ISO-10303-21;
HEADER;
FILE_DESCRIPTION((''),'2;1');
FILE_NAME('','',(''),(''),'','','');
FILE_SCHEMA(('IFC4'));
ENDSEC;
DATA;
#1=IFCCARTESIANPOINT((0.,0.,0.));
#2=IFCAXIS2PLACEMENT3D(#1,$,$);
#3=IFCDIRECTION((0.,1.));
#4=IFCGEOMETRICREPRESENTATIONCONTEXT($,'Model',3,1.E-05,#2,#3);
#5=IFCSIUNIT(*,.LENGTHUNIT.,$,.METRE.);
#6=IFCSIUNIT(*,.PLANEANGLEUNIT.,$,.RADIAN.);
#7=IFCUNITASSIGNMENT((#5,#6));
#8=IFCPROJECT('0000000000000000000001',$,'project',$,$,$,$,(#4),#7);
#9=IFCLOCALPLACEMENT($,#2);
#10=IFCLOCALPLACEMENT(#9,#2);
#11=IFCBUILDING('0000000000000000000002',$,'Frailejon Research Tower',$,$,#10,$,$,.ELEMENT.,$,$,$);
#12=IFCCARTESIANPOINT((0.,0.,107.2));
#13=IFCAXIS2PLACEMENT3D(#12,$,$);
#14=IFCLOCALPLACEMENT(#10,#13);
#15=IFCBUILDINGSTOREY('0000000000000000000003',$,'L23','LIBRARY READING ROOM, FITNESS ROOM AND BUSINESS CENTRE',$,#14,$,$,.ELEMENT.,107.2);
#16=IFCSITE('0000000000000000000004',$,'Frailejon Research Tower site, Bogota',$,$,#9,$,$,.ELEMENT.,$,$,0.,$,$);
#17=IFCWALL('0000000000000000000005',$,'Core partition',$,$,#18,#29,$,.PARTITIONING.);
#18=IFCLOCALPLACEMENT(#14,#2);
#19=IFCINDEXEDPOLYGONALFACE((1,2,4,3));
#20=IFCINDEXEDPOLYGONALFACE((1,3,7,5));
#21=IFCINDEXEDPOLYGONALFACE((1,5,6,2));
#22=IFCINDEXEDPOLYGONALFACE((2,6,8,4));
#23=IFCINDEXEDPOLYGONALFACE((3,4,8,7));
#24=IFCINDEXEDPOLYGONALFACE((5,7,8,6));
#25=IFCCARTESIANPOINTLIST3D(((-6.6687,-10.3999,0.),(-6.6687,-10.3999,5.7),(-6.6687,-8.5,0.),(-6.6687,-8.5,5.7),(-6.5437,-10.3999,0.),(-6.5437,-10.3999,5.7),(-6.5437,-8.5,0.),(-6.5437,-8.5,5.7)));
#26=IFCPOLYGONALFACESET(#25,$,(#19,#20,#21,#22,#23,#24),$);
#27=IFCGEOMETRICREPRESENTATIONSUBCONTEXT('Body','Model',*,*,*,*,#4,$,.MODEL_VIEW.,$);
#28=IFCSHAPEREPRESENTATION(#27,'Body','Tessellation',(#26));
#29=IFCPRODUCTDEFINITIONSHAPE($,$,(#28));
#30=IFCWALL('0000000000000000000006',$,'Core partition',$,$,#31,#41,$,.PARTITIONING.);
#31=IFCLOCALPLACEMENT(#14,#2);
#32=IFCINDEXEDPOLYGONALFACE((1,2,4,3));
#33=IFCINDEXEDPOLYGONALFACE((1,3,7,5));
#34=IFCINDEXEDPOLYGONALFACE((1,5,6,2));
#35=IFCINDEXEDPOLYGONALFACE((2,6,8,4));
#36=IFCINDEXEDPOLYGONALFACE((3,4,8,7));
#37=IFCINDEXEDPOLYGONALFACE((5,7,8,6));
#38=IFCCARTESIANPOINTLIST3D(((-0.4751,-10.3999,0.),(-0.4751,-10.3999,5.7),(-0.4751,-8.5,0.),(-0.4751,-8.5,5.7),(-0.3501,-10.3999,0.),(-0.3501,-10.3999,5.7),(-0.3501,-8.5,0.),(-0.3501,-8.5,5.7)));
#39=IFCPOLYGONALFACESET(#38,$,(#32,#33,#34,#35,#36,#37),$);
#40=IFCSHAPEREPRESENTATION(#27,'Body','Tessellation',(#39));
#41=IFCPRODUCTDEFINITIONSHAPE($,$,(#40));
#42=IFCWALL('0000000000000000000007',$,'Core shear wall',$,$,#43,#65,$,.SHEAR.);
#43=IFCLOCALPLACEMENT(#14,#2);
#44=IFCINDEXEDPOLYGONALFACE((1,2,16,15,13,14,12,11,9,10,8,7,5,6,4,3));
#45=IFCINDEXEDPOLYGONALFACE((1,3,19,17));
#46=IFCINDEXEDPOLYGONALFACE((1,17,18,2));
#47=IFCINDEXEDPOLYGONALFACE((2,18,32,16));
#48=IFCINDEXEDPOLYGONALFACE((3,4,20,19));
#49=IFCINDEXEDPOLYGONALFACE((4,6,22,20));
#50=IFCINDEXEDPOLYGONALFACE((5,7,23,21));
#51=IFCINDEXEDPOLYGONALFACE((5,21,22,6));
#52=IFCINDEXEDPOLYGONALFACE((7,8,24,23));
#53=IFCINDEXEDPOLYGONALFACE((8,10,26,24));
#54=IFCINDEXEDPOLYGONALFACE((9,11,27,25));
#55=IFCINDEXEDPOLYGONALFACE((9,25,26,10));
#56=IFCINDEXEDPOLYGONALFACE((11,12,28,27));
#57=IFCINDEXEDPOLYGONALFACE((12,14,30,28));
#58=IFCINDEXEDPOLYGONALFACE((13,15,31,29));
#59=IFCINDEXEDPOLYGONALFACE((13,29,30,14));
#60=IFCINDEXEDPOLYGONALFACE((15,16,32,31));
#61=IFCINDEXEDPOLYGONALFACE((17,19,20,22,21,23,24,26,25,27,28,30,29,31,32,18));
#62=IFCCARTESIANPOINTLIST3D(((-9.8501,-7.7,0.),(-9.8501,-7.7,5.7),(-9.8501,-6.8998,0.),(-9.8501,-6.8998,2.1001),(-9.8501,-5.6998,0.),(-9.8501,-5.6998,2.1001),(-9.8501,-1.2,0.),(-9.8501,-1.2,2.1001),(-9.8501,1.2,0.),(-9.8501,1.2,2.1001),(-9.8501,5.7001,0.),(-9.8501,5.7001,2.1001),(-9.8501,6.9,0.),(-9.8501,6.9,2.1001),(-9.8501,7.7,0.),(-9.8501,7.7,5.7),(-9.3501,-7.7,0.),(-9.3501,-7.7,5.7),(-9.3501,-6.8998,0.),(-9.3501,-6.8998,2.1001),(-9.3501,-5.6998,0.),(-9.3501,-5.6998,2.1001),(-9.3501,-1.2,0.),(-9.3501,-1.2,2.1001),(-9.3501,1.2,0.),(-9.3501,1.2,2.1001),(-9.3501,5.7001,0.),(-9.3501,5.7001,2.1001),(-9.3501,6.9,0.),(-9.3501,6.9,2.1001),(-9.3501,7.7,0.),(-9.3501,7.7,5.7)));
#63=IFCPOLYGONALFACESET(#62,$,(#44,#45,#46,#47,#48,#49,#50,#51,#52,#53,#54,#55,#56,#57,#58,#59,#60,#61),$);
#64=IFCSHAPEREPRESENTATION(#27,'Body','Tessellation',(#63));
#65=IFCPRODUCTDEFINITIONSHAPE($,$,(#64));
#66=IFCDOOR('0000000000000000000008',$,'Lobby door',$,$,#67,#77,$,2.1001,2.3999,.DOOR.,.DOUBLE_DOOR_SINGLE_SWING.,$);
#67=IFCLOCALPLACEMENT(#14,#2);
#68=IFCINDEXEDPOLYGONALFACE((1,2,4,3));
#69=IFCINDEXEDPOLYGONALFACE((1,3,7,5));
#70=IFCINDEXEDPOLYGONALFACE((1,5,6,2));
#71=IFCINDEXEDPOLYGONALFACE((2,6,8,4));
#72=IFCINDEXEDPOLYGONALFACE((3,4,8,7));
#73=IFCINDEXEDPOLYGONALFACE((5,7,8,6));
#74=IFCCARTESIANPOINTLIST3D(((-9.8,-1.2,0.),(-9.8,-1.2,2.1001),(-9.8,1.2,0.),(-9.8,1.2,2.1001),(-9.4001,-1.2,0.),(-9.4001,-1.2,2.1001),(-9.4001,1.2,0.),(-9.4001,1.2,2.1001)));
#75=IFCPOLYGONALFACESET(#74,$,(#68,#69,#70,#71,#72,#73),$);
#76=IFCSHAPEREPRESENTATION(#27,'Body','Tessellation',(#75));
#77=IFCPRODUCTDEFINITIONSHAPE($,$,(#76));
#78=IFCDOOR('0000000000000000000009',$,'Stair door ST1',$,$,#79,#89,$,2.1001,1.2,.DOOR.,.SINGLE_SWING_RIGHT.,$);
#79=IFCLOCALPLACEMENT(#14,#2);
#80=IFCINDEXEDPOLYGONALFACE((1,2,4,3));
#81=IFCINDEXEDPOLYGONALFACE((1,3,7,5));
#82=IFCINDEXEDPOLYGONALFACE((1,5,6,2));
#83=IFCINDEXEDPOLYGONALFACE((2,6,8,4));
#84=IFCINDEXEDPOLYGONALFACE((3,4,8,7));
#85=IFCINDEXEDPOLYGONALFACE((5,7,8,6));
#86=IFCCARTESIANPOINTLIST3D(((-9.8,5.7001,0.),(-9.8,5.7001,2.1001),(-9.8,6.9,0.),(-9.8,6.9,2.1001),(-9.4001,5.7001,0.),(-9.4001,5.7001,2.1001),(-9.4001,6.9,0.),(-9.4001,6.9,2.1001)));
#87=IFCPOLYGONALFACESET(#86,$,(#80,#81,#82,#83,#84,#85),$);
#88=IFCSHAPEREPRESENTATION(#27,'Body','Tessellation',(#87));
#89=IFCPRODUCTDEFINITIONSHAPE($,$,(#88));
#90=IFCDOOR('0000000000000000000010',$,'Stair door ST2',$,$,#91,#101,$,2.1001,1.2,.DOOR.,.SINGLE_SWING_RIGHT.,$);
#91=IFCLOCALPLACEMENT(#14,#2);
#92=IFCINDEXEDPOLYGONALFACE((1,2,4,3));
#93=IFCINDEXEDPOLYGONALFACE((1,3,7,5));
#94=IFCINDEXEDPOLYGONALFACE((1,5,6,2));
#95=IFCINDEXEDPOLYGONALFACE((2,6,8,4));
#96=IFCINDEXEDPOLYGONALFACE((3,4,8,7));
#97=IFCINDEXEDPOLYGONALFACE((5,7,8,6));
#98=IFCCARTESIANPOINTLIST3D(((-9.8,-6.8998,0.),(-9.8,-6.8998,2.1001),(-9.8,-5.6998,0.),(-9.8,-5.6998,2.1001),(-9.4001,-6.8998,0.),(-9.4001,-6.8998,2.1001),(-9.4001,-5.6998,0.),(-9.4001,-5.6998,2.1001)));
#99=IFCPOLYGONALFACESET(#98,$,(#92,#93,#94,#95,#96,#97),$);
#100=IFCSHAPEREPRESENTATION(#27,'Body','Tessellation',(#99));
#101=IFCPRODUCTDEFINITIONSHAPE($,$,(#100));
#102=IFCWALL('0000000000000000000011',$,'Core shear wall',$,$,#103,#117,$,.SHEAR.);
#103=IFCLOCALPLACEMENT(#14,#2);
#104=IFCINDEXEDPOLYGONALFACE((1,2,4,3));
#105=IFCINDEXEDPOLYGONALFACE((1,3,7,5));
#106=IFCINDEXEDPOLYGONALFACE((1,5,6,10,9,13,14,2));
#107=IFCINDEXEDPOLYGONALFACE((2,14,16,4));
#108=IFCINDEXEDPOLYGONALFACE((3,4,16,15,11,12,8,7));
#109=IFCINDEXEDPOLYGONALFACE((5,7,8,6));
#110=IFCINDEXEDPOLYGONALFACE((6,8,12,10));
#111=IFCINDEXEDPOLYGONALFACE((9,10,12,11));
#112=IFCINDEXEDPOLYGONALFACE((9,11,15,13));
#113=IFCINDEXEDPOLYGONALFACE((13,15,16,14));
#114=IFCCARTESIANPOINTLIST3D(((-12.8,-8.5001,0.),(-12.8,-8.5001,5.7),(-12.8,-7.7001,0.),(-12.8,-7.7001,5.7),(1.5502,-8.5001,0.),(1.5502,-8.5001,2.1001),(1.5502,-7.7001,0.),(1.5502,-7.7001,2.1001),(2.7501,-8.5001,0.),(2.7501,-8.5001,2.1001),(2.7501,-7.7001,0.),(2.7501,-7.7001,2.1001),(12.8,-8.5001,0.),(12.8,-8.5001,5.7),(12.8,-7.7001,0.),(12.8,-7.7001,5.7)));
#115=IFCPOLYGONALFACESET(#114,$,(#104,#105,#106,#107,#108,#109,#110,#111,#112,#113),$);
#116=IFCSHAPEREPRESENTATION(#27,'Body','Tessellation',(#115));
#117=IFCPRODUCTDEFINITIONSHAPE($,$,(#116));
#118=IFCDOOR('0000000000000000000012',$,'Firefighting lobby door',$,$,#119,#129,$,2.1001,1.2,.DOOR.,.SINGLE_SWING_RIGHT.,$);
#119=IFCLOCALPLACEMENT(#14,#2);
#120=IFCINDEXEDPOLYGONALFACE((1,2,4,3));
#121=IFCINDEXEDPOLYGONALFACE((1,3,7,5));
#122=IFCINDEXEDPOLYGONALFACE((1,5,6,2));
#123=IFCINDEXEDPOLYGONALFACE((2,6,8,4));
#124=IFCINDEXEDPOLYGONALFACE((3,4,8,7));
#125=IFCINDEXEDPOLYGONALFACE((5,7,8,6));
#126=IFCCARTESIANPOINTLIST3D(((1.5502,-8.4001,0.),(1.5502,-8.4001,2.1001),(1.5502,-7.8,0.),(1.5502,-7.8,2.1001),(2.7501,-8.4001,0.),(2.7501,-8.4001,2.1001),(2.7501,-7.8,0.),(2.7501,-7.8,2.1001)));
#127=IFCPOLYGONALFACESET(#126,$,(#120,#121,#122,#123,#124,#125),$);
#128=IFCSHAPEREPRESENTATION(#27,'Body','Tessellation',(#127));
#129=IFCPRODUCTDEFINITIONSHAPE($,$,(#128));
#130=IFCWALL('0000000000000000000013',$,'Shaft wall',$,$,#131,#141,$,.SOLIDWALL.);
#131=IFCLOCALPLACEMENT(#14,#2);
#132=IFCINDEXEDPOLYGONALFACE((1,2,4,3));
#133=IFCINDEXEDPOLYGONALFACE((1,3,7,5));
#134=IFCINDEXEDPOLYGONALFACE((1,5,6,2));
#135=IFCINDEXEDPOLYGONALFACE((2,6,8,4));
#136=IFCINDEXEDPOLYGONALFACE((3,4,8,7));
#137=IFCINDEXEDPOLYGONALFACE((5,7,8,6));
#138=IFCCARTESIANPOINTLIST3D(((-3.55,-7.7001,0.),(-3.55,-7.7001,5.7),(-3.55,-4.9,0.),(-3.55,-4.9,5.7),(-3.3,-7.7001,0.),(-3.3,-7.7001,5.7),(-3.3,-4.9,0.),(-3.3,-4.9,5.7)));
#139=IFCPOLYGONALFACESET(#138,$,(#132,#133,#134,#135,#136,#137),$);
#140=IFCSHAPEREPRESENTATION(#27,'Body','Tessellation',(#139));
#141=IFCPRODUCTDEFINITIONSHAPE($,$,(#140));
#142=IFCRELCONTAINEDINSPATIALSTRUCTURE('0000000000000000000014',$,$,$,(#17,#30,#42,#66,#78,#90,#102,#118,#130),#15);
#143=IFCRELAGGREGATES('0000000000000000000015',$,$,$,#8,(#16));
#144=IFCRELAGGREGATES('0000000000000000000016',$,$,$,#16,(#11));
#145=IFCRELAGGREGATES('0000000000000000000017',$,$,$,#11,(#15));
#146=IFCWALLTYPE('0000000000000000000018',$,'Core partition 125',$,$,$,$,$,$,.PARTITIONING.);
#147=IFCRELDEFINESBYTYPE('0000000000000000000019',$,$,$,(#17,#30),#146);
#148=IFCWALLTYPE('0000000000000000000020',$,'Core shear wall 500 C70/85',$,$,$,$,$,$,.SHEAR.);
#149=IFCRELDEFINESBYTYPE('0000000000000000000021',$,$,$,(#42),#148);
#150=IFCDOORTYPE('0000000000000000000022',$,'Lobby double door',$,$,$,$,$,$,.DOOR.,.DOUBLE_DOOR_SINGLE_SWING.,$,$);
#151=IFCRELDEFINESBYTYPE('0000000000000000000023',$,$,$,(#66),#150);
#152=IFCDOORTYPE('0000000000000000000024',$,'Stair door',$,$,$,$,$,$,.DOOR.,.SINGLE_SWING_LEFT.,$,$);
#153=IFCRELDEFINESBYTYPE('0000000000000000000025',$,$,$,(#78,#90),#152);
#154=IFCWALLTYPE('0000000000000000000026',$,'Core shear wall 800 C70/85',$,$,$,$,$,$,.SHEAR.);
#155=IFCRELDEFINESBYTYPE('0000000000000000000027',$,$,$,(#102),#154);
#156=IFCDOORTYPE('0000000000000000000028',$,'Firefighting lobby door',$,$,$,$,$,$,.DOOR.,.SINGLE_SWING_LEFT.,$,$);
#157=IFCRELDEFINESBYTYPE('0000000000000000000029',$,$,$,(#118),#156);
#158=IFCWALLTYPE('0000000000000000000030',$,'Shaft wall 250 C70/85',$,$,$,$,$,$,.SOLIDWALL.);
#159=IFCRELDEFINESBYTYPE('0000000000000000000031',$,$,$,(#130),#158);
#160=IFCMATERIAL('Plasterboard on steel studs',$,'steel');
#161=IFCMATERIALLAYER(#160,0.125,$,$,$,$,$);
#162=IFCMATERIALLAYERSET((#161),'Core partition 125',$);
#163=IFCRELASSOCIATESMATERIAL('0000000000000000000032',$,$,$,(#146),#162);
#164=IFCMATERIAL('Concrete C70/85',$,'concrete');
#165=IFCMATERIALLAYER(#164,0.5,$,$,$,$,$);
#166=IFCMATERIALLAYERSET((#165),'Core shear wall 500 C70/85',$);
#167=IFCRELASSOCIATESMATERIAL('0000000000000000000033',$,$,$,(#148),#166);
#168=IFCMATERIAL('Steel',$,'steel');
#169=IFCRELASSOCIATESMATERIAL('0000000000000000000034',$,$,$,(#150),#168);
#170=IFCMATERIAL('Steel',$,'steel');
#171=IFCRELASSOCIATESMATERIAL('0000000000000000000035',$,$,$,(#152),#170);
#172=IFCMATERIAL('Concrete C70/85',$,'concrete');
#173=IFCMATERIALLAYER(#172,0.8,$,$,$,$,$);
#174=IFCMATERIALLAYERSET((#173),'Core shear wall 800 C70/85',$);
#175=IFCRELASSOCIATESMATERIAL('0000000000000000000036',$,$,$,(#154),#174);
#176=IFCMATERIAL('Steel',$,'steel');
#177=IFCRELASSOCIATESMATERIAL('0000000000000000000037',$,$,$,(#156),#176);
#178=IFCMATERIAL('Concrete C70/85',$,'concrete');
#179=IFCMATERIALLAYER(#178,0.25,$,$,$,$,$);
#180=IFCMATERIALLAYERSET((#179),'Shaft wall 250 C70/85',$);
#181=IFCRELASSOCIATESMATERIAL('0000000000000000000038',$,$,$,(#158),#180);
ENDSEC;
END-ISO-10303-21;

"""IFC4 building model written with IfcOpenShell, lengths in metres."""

from ifc_helpers import new_model, si_unit, direction, frame, frame_2d, origin, place, context, subcontext, project, spatial, rectangle, extrude, material, layer, layer_set, type_object, element, fill, save


model = new_model("IFC4")

# Units and contexts
model_context = context("Model", 3, precision=1e-05, world=origin(), true_north=direction((0.0, 1.0)))
body_context = subcontext(model_context, "Body", "Model", "MODEL_VIEW")
ifc_project = project(units=[si_unit("LENGTHUNIT", "METRE"), si_unit("PLANEANGLEUNIT", "RADIAN")], contexts=[model_context])

# Site, building, storey
site_placement = place(None, origin())
site = spatial("IfcSite", under=ifc_project, at=site_placement, Name="Frailejon Research Tower site, Bogota", CompositionType="ELEMENT", RefElevation=0.0)
building_placement = place(site_placement, origin())
building = spatial("IfcBuilding", under=site, at=building_placement, Name="Frailejon Research Tower", CompositionType="ELEMENT")
storey_placement = place(building_placement, frame((0.0, 0.0, 107.2)))
storey = spatial("IfcBuildingStorey", under=building, at=storey_placement, Name="L23", Description="LIBRARY READING ROOM, FITNESS ROOM AND BUSINESS CENTRE", CompositionType="ELEMENT", Elevation=107.2)

# Walls
ifc_material_1 = material(Name="Plasterboard on steel studs", Category="steel")
ifc_layer_1 = layer(ifc_material_1, 0.125)
ifc_layer_set_1 = layer_set([ifc_layer_1], Name="Core partition 125")
wall_type_1 = type_object("IfcWallType", Name="Core partition 125", PredefinedType="PARTITIONING", material=ifc_layer_set_1)
for number, where, z_axis, x_axis, name in (
    (1, (-6.6062, -10.3999, 0.0), (0.0, 0.0, 1.0), (0.0, 1.0, 0.0), "Core partition"),
    (2, (-0.4126, -10.3999, 0.0), (0.0, 0.0, 1.0), (0.0, 1.0, 0.0), "Core partition"),
):
    element("IfcWall", number, at=place(storey_placement, frame(where, z_axis=z_axis, x_axis=x_axis)), inside=storey, type_object=wall_type_1, Name=name, PredefinedType="PARTITIONING", context=body_context, shape_type="SweptSolid", body=[
        extrude(rectangle(XDim=1.8999, YDim=0.125, at=frame_2d((0.95, 0.0))), origin(), (0.0, 0.0, 1.0), 5.7),
    ])

# Wall, openings, doors
ifc_material_2 = material(Name="Concrete C70/85", Category="concrete")
ifc_layer_2 = layer(ifc_material_2, 0.5)
ifc_layer_set_2 = layer_set([ifc_layer_2], Name="Core shear wall 500 C70/85")
wall_type_2 = type_object("IfcWallType", Name="Core shear wall 500 C70/85", PredefinedType="SHEAR", material=ifc_layer_set_2)
wall_1_placement = place(storey_placement, frame((-9.6001, -7.7, 0.0), z_axis=(0.0, 0.0, 1.0), x_axis=(0.0, 1.0, 0.0)))
wall_1 = element("IfcWall", 3, at=wall_1_placement, inside=storey, type_object=wall_type_2, Name="Core shear wall", PredefinedType="SHEAR", context=body_context, shape_type="SweptSolid", body=[
    extrude(rectangle(XDim=15.3999, YDim=0.5, at=frame_2d((7.7, 0.0))), origin(), (0.0, 0.0, 1.0), 5.7),
])
opening_1_placement = place(wall_1_placement, frame((6.5, 0.0, 0.0)))
opening_1 = element("IfcOpeningElement", 4, at=opening_1_placement, cuts=wall_1, PredefinedType="OPENING", context=body_context, shape_type="SweptSolid", body=[
    extrude(rectangle(XDim=2.3999, YDim=2.1001, at=frame_2d((1.2, 1.05))), frame((0.0, 0.26, 0.0), z_axis=(0.0, -1.0, 0.0), x_axis=(1.0, 0.0, 0.0)), (0.0, 0.0, 1.0), 0.52),
])
opening_2_placement = place(wall_1_placement, frame((13.3999, 0.0, 0.0)))
opening_2 = element("IfcOpeningElement", 5, at=opening_2_placement, cuts=wall_1, PredefinedType="OPENING", context=body_context, shape_type="SweptSolid", body=[
    extrude(rectangle(XDim=1.2, YDim=2.1001, at=frame_2d((0.6001, 1.05))), frame((0.0, 0.26, 0.0), z_axis=(0.0, -1.0, 0.0), x_axis=(1.0, 0.0, 0.0)), (0.0, 0.0, 1.0), 0.52),
])
opening_3_placement = place(wall_1_placement, frame((0.8, 0.0, 0.0)))
opening_3 = element("IfcOpeningElement", 6, at=opening_3_placement, cuts=wall_1, PredefinedType="OPENING", context=body_context, shape_type="SweptSolid", body=[
    extrude(rectangle(XDim=1.2, YDim=2.1001, at=frame_2d((0.6001, 1.05))), frame((0.0, 0.26, 0.0), z_axis=(0.0, -1.0, 0.0), x_axis=(1.0, 0.0, 0.0)), (0.0, 0.0, 1.0), 0.52),
])
ifc_material_3 = material(Name="Steel", Category="steel")
door_type_1 = type_object("IfcDoorType", Name="Lobby double door", OperationType="DOUBLE_DOOR_SINGLE_SWING", PredefinedType="DOOR", material=ifc_material_3)
door_1_placement = place(opening_1_placement, origin())
door_1 = element("IfcDoor", 7, at=door_1_placement, inside=storey, type_object=door_type_1, Name="Lobby door", OperationType="DOUBLE_DOOR_SINGLE_SWING", OverallHeight=2.1001, OverallWidth=2.3999, PredefinedType="DOOR", context=body_context, shape_type="SweptSolid", body=[
    extrude(rectangle(XDim=2.3999, YDim=2.1001, at=frame_2d((1.2, 1.05))), frame((0.0, 0.2, 0.0), z_axis=(0.0, -1.0, 0.0), x_axis=(1.0, 0.0, 0.0)), (0.0, 0.0, 1.0), 0.3999),
])
fill(opening_1, door_1)
ifc_material_4 = material(Name="Steel", Category="steel")
door_type_2 = type_object("IfcDoorType", Name="Stair door", OperationType="SINGLE_SWING_LEFT", PredefinedType="DOOR", material=ifc_material_4)
door_2_placement = place(opening_2_placement, origin())
door_2 = element("IfcDoor", 8, at=door_2_placement, inside=storey, type_object=door_type_2, Name="Stair door ST1", OperationType="SINGLE_SWING_RIGHT", OverallHeight=2.1001, OverallWidth=1.2, PredefinedType="DOOR", context=body_context, shape_type="SweptSolid", body=[
    extrude(rectangle(XDim=1.2, YDim=2.1001, at=frame_2d((0.6001, 1.05))), frame((0.0, 0.2, 0.0), z_axis=(0.0, -1.0, 0.0), x_axis=(1.0, 0.0, 0.0)), (0.0, 0.0, 1.0), 0.3999),
])
fill(opening_2, door_2)
door_3_placement = place(opening_3_placement, origin())
door_3 = element("IfcDoor", 9, at=door_3_placement, inside=storey, type_object=door_type_2, Name="Stair door ST2", OperationType="SINGLE_SWING_RIGHT", OverallHeight=2.1001, OverallWidth=1.2, PredefinedType="DOOR", context=body_context, shape_type="SweptSolid", body=[
    extrude(rectangle(XDim=1.2, YDim=2.1001, at=frame_2d((0.6001, 1.05))), frame((0.0, 0.2, 0.0), z_axis=(0.0, -1.0, 0.0), x_axis=(1.0, 0.0, 0.0)), (0.0, 0.0, 1.0), 0.3999),
])
fill(opening_3, door_3)

# Wall, opening, door
ifc_material_5 = material(Name="Concrete C70/85", Category="concrete")
ifc_layer_3 = layer(ifc_material_5, 0.8)
ifc_layer_set_3 = layer_set([ifc_layer_3], Name="Core shear wall 800 C70/85")
wall_type_3 = type_object("IfcWallType", Name="Core shear wall 800 C70/85", PredefinedType="SHEAR", material=ifc_layer_set_3)
wall_2_placement = place(storey_placement, frame((-12.8, -8.1001, 0.0), z_axis=(0.0, 0.0, 1.0), x_axis=(1.0, 0.0, 0.0)))
wall_2 = element("IfcWall", 10, at=wall_2_placement, inside=storey, type_object=wall_type_3, Name="Core shear wall", PredefinedType="SHEAR", context=body_context, shape_type="SweptSolid", body=[
    extrude(rectangle(XDim=25.6001, YDim=0.8, at=frame_2d((12.8, 0.0))), origin(), (0.0, 0.0, 1.0), 5.7),
])
opening_4_placement = place(wall_2_placement, frame((14.3501, 0.0, 0.0)))
opening_4 = element("IfcOpeningElement", 11, at=opening_4_placement, cuts=wall_2, PredefinedType="OPENING", context=body_context, shape_type="SweptSolid", body=[
    extrude(rectangle(XDim=1.2, YDim=2.1001, at=frame_2d((0.6001, 1.05))), frame((0.0, 0.4099, 0.0), z_axis=(0.0, -1.0, 0.0), x_axis=(1.0, 0.0, 0.0)), (0.0, 0.0, 1.0), 0.8201),
])
ifc_material_6 = material(Name="Steel", Category="steel")
door_type_3 = type_object("IfcDoorType", Name="Firefighting lobby door", OperationType="SINGLE_SWING_LEFT", PredefinedType="DOOR", material=ifc_material_6)
door_4_placement = place(opening_4_placement, origin())
door_4 = element("IfcDoor", 12, at=door_4_placement, inside=storey, type_object=door_type_3, Name="Firefighting lobby door", OperationType="SINGLE_SWING_RIGHT", OverallHeight=2.1001, OverallWidth=1.2, PredefinedType="DOOR", context=body_context, shape_type="SweptSolid", body=[
    extrude(rectangle(XDim=1.2, YDim=2.1001, at=frame_2d((0.6001, 1.05))), frame((0.0, 0.3, 0.0), z_axis=(0.0, -1.0, 0.0), x_axis=(1.0, 0.0, 0.0)), (0.0, 0.0, 1.0), 0.6001),
])
fill(opening_4, door_4)

# Wall
ifc_material_7 = material(Name="Concrete C70/85", Category="concrete")
ifc_layer_4 = layer(ifc_material_7, 0.25)
ifc_layer_set_4 = layer_set([ifc_layer_4], Name="Shaft wall 250 C70/85")
wall_type_4 = type_object("IfcWallType", Name="Shaft wall 250 C70/85", PredefinedType="SOLIDWALL", material=ifc_layer_set_4)
wall_3_placement = place(storey_placement, frame((-3.425, -7.7, 0.0), z_axis=(0.0, 0.0, 1.0), x_axis=(0.0, 1.0, 0.0)))
element("IfcWall", 13, at=wall_3_placement, inside=storey, type_object=wall_type_4, Name="Shaft wall", PredefinedType="SOLIDWALL", context=body_context, shape_type="SweptSolid", body=[
    extrude(rectangle(XDim=2.8, YDim=0.25, at=frame_2d((1.3999, 0.0))), origin(), (0.0, 0.0, 1.0), 5.7),
])

save(model, "model.ifc")
